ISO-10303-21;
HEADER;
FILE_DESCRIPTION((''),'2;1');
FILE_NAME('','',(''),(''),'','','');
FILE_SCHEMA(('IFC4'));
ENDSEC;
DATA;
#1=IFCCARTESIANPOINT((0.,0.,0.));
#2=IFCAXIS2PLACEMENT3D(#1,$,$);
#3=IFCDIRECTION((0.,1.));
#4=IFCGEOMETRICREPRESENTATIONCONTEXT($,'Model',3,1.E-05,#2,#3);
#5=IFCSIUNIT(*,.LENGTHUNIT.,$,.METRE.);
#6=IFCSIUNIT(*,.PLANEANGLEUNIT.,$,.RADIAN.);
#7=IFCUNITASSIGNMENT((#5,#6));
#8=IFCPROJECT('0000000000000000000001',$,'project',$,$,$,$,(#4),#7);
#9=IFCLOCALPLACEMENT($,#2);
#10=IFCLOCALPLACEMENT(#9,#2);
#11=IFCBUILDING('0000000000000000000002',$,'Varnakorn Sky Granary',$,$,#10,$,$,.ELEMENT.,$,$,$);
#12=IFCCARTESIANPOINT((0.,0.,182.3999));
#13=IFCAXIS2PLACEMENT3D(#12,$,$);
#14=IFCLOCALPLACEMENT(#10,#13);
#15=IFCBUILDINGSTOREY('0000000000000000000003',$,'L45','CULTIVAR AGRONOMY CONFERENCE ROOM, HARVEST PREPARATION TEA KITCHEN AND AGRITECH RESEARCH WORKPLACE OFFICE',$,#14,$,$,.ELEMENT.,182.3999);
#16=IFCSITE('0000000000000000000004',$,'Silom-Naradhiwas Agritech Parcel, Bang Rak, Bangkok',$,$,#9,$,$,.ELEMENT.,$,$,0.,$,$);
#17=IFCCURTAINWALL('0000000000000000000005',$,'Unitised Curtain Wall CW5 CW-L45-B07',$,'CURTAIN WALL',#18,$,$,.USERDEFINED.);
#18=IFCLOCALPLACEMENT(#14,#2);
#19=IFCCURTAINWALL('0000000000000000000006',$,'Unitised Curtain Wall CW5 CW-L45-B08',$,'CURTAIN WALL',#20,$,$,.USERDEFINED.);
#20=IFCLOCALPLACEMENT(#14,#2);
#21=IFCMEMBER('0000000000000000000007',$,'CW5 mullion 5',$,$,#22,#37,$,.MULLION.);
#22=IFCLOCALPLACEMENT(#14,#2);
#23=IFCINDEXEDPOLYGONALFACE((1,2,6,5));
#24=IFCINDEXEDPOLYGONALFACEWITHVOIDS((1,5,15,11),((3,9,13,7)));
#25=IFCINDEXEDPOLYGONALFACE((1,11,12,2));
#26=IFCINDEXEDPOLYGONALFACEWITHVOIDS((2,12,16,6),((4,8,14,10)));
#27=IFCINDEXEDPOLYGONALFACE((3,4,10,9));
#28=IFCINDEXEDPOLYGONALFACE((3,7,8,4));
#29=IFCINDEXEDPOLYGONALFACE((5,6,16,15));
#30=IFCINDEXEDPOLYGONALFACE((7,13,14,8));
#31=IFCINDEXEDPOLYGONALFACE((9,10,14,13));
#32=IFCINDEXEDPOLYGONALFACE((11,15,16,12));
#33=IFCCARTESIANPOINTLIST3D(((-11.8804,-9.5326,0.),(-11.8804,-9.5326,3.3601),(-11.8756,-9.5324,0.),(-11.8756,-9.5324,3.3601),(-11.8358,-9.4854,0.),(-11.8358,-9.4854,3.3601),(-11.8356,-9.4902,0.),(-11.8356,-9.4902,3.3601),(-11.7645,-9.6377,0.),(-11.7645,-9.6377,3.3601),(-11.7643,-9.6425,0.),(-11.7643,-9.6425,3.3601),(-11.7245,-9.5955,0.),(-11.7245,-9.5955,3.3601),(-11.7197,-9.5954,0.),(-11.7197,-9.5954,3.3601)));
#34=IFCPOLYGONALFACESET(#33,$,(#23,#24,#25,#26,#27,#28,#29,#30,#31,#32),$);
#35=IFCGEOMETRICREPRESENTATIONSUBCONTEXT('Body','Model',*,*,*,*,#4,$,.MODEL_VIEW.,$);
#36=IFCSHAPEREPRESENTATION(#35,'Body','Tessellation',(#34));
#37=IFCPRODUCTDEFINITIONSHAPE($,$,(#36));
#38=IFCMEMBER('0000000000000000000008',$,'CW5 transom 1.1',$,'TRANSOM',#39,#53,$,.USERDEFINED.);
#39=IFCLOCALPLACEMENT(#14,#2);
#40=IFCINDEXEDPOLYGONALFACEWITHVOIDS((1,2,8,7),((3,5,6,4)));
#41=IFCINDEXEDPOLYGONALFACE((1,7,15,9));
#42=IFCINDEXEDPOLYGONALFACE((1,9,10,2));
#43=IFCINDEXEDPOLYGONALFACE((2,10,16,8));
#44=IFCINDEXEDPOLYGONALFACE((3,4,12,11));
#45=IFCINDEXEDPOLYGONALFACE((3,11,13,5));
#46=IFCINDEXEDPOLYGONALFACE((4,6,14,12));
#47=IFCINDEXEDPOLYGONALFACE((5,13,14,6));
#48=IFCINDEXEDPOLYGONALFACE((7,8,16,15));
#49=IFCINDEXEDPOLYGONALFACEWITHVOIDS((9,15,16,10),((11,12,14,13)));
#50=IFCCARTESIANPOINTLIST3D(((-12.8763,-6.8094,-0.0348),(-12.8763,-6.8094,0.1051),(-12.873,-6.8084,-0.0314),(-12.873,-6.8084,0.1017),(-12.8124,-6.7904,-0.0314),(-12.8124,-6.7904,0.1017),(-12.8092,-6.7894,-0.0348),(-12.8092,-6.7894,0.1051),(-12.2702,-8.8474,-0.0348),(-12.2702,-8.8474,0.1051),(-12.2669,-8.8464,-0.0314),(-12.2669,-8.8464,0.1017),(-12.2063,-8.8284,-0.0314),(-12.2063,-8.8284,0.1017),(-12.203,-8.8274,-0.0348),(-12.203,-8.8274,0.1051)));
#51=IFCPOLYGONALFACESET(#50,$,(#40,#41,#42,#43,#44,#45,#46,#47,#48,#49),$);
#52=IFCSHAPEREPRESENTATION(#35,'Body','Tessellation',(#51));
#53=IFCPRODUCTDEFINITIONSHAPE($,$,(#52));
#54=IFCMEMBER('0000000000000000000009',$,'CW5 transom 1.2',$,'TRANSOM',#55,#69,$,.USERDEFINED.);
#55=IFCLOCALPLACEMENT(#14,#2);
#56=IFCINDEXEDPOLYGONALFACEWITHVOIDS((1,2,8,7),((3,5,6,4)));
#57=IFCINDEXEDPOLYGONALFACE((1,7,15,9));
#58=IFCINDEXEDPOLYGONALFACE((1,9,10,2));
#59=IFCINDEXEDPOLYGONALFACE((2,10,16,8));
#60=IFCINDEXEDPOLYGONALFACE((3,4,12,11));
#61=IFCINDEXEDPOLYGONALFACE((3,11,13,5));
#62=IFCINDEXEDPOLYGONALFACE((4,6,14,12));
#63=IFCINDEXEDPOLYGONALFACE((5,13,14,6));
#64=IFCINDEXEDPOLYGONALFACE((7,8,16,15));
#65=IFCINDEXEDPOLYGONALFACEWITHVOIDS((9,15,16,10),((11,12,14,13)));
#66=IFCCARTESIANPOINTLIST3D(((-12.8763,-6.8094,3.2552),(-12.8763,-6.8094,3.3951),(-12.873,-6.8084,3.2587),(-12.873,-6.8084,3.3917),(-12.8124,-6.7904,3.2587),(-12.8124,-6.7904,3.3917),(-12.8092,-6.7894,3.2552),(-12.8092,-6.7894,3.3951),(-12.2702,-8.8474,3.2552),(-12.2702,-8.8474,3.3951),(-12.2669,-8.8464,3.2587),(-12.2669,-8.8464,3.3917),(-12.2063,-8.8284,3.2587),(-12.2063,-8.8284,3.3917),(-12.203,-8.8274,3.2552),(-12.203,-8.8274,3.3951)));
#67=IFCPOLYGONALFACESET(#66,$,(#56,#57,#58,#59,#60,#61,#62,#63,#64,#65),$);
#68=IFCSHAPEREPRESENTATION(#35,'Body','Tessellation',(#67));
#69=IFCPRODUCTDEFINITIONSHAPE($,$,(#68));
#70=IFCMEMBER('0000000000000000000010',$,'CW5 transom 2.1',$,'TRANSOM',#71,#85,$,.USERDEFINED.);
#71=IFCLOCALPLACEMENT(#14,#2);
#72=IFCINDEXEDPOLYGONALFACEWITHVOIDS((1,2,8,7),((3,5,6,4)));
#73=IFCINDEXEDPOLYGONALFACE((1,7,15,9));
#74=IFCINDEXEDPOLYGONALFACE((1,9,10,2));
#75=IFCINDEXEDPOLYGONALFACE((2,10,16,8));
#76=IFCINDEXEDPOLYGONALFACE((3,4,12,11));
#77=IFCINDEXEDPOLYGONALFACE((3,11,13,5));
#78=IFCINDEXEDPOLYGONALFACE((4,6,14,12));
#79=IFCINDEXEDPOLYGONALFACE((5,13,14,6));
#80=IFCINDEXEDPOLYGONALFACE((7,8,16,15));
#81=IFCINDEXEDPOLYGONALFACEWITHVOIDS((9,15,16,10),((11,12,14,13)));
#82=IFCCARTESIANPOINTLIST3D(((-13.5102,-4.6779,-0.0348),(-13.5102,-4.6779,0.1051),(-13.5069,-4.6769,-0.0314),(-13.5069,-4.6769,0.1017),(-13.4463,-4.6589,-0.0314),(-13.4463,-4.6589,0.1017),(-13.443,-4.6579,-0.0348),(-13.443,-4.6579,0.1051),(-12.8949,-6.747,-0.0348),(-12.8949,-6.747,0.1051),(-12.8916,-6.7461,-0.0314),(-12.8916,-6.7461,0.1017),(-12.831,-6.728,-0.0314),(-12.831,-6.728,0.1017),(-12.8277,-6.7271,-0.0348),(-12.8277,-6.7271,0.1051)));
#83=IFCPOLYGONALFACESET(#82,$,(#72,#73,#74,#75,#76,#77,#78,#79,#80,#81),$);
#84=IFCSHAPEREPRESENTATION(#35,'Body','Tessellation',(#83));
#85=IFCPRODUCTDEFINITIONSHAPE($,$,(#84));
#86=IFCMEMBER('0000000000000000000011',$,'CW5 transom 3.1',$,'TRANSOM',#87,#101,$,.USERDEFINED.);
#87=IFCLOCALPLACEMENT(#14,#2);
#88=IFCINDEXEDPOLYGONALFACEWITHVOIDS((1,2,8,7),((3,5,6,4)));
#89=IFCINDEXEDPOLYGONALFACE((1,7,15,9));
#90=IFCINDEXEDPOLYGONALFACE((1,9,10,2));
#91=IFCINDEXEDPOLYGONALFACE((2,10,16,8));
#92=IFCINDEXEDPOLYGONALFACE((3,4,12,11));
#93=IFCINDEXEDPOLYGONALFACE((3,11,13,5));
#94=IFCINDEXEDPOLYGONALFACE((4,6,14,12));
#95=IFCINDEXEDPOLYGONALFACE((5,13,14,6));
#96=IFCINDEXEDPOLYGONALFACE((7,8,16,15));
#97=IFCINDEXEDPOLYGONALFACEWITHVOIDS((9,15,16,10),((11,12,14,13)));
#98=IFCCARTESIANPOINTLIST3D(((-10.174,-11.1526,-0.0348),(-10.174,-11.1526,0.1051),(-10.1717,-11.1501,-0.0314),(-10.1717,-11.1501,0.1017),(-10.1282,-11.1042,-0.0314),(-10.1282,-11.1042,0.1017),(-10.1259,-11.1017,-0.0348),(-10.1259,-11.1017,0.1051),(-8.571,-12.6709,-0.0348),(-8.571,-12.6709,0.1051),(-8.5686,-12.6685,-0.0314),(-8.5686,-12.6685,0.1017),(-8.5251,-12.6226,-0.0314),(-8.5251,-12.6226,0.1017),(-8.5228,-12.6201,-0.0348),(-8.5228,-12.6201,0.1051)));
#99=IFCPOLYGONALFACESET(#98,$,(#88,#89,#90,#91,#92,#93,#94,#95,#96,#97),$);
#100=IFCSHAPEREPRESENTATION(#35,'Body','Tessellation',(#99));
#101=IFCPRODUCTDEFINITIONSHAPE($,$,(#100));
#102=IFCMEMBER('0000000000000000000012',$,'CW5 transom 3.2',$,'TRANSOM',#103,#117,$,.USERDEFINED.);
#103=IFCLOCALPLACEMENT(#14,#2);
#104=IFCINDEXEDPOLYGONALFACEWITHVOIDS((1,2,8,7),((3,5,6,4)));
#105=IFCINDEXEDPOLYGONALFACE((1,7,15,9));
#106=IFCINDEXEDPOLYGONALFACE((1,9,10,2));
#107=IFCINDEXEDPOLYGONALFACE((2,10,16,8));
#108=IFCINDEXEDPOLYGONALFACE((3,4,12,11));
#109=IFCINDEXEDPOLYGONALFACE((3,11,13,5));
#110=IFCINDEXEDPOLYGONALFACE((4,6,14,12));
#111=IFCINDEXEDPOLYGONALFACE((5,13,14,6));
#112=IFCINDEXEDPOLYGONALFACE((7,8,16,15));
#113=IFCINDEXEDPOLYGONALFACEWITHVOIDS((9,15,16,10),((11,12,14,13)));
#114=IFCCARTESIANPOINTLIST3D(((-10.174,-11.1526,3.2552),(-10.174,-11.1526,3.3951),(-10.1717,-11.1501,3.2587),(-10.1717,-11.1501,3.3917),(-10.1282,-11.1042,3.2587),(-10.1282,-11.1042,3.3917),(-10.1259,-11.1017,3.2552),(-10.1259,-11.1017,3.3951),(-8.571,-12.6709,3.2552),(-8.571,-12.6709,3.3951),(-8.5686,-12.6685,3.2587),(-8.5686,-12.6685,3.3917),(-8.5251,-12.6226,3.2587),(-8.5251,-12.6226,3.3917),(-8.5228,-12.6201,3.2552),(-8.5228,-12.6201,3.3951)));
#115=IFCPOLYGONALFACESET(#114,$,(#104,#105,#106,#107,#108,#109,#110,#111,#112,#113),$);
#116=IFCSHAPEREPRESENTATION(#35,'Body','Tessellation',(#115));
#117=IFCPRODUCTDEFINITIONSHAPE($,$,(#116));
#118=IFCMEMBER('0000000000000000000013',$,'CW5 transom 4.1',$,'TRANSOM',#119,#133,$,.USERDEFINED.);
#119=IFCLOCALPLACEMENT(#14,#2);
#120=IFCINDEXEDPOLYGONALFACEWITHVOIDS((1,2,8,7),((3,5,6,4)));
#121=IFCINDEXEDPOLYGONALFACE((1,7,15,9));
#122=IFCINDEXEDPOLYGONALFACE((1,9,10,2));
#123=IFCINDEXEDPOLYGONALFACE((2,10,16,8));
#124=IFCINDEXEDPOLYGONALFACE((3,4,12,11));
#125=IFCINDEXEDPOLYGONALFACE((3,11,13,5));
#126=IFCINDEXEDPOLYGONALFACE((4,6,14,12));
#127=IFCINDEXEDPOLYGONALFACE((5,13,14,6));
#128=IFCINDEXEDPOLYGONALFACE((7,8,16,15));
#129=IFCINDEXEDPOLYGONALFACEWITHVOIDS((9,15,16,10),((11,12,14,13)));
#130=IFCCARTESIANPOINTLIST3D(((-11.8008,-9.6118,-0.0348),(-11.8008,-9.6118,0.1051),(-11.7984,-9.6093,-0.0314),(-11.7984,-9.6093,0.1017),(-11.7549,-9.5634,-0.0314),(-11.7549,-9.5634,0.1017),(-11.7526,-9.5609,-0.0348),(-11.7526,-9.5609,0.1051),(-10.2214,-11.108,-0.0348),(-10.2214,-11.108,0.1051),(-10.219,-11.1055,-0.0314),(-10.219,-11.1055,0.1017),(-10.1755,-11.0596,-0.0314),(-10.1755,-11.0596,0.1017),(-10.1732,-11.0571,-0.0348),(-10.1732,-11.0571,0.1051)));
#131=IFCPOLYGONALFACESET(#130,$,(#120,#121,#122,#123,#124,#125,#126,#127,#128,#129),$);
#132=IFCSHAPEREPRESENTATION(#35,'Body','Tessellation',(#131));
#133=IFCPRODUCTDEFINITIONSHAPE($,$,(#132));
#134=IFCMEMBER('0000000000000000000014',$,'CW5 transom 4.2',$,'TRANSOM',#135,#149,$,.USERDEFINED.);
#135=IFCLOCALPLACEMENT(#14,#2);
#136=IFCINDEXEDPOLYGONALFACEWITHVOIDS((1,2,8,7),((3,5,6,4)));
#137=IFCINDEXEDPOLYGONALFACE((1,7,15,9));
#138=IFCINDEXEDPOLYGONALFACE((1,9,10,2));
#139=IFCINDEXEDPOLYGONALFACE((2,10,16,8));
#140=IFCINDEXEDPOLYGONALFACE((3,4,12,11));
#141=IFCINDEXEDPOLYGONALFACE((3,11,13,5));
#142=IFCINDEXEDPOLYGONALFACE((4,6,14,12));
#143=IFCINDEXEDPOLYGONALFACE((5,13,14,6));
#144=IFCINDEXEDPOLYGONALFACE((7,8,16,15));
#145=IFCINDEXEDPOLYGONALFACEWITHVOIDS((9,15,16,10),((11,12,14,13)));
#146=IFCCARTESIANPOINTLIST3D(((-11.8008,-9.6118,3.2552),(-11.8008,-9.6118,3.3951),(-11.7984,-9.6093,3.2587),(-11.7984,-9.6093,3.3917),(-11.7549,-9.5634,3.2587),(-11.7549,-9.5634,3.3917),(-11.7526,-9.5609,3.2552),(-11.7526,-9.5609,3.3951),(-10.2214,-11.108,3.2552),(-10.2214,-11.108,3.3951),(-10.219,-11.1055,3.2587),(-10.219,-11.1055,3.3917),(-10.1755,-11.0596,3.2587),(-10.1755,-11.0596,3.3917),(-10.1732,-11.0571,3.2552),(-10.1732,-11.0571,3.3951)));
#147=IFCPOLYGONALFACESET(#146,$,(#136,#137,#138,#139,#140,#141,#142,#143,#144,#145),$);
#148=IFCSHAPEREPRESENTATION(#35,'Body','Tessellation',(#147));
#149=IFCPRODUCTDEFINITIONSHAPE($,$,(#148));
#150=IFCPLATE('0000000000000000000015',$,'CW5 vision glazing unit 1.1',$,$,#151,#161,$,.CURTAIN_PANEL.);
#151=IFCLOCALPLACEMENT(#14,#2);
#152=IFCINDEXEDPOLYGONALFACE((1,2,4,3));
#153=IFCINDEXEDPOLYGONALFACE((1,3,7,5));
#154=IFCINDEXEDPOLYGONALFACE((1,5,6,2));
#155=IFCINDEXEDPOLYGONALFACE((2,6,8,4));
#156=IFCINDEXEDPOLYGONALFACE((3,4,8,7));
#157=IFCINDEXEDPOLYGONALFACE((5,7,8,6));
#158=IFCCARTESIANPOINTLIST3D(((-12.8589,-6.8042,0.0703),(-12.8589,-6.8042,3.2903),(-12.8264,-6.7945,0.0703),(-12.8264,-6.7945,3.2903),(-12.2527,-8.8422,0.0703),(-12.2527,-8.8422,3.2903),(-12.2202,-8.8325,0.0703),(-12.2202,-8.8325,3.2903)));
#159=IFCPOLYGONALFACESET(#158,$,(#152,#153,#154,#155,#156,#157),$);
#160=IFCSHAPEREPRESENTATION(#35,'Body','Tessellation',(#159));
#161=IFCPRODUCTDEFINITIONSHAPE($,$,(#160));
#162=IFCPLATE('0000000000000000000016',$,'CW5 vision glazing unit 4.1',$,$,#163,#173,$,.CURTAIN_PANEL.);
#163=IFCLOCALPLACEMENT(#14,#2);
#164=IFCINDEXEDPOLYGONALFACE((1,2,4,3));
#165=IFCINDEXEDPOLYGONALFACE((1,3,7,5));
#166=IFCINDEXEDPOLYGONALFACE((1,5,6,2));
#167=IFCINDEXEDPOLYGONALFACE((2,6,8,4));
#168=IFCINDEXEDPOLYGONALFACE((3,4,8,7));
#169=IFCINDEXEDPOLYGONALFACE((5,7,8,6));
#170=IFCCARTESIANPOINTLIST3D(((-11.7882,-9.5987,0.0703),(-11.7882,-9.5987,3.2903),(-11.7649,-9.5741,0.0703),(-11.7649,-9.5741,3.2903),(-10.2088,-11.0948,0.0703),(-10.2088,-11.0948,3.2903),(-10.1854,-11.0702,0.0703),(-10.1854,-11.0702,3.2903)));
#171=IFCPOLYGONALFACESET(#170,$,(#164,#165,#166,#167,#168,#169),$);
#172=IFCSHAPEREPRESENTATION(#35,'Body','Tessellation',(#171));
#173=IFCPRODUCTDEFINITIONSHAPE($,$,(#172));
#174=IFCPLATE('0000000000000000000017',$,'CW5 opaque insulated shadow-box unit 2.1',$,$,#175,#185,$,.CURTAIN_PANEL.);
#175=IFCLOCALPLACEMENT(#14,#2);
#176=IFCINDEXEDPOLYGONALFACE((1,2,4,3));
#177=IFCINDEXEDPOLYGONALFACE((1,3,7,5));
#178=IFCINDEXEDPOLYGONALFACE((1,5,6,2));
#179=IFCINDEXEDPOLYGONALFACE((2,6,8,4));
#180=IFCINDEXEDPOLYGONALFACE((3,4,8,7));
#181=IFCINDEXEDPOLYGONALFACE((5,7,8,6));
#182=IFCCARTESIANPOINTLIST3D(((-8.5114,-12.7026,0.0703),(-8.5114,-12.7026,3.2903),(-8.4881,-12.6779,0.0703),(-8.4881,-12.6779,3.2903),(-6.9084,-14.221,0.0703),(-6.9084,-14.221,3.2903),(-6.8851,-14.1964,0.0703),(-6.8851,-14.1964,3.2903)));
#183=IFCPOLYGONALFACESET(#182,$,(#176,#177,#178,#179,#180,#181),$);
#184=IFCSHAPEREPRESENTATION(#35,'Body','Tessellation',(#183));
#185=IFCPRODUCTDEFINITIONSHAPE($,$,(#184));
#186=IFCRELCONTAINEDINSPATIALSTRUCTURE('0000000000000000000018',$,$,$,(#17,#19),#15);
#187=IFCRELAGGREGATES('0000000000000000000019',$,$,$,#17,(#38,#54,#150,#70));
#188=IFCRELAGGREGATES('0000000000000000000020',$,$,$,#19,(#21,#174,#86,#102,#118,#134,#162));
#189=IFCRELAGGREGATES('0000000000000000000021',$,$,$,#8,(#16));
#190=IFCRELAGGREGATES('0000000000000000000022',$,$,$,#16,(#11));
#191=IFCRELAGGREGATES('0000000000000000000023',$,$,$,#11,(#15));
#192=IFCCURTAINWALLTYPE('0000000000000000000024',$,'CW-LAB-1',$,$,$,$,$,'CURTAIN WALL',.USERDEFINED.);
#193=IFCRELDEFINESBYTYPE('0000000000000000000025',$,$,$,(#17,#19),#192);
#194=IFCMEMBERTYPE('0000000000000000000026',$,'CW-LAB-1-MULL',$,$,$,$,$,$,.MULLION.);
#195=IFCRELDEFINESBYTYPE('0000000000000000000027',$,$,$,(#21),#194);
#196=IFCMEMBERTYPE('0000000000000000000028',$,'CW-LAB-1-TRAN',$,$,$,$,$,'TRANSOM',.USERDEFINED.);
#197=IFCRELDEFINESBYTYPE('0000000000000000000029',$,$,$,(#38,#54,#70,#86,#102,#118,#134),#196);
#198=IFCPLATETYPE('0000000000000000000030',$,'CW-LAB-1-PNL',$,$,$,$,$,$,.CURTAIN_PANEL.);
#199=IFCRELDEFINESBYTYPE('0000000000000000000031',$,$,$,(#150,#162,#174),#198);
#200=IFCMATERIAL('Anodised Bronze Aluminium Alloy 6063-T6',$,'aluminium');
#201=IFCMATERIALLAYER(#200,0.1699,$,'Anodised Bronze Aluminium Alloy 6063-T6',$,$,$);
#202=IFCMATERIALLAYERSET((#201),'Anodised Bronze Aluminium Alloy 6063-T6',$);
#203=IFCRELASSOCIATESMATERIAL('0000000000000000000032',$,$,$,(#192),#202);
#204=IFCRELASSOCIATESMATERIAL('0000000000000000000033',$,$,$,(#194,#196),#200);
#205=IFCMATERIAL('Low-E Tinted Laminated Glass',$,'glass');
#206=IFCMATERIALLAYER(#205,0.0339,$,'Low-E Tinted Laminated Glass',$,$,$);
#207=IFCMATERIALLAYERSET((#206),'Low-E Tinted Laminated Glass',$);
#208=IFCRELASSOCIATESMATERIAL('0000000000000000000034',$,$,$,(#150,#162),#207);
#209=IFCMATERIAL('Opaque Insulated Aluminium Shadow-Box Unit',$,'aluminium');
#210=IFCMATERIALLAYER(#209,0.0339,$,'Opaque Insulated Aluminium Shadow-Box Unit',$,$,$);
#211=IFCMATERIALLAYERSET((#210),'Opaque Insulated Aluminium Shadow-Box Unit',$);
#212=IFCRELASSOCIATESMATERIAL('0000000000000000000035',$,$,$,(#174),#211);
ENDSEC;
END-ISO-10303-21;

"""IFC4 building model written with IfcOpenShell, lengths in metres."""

from ifc_helpers import new_model, si_unit, direction, frame, origin, origin_2d, place, context, subcontext, project, spatial, rectangle, hollow_rectangle, extrude, source, transform, mapped, material, layer, layer_set, material_profile, profile_set, type_object, type_shapes, element, aggregate, save


model = new_model("IFC4")

# Units and contexts
model_context = context("Model", 3, precision=1e-05, world=origin(), true_north=direction((0.0, 1.0)))
body_context = subcontext(model_context, "Body", "Model", "MODEL_VIEW")
ifc_project = project(units=[si_unit("LENGTHUNIT", "METRE"), si_unit("PLANEANGLEUNIT", "RADIAN")], contexts=[model_context])

# Site, building, storey
site_placement = place(None, origin())
site = spatial("IfcSite", under=ifc_project, at=site_placement, Name="Silom-Naradhiwas Agritech Parcel, Bang Rak, Bangkok", CompositionType="ELEMENT", RefElevation=0.0)
building_placement = place(site_placement, origin())
building = spatial("IfcBuilding", under=site, at=building_placement, Name="Varnakorn Sky Granary", CompositionType="ELEMENT")
storey_placement = place(building_placement, frame((0.0, 0.0, 182.3999)))
storey = spatial("IfcBuildingStorey", under=building, at=storey_placement, Name="L45", Description="CULTIVAR AGRONOMY CONFERENCE ROOM, HARVEST PREPARATION TEA KITCHEN AND AGRITECH RESEARCH WORKPLACE OFFICE", CompositionType="ELEMENT", Elevation=182.3999)

# Curtain walls, member
ifc_material_1 = material(Name="Anodised Bronze Aluminium Alloy 6063-T6", Category="aluminium")
ifc_layer_1 = layer(ifc_material_1, 0.1699, Name="Anodised Bronze Aluminium Alloy 6063-T6")
ifc_layer_set_1 = layer_set([ifc_layer_1], Name="Anodised Bronze Aluminium Alloy 6063-T6")
curtain_wall_type = type_object("IfcCurtainWallType", Name="CW-LAB-1", ElementType="CURTAIN WALL", PredefinedType="USERDEFINED", material=ifc_layer_set_1)
curtain_wall_1_placement = place(storey_placement, origin())
curtain_wall_1 = element("IfcCurtainWall", 1, at=curtain_wall_1_placement, inside=storey, type_object=curtain_wall_type, Name="Unitised Curtain Wall CW5 CW-L45-B07", ObjectType="CURTAIN WALL", PredefinedType="USERDEFINED")
ifc_material_profile_1 = material_profile(ifc_material_1, hollow_rectangle(XDim=0.0649, YDim=0.1599, WallThickness=0.0034, at=origin_2d()), Name="ALU MULL 65x160")
ifc_profile_set_1 = profile_set([ifc_material_profile_1], Name="Anodised Bronze Aluminium Alloy 6063-T6")
member_type_1 = type_object("IfcMemberType", Name="CW-LAB-1-MULL", PredefinedType="MULLION", material=ifc_profile_set_1)
curtain_wall_2_placement = place(storey_placement, origin())
curtain_wall_2 = element("IfcCurtainWall", 2, at=curtain_wall_2_placement, inside=storey, type_object=curtain_wall_type, Name="Unitised Curtain Wall CW5 CW-L45-B08", ObjectType="CURTAIN WALL", PredefinedType="USERDEFINED")
member_1_placement = place(storey_placement, frame((-11.8, -9.564, 0.0), z_axis=(0.0, 0.0, 1.0), x_axis=(-0.687692, -0.726002, 0.0)))
member_1 = element("IfcMember", 3, at=member_1_placement, type_object=member_type_1, Name="CW5 mullion 5", PredefinedType="MULLION", context=body_context, shape_type="SweptSolid", body=[
    extrude(hollow_rectangle(XDim=0.0649, YDim=0.1599, WallThickness=0.0034, at=origin_2d()), origin(), (0.0, 0.0, 1.0), 3.3601),
])

# Members
ifc_material_profile_2 = material_profile(ifc_material_1, hollow_rectangle(XDim=0.0701, YDim=0.1399, WallThickness=0.0034, at=origin_2d()), Name="ALU TRAN 70x140")
ifc_profile_set_2 = profile_set([ifc_material_profile_2], Name="Anodised Bronze Aluminium Alloy 6063-T6")
member_type_2 = type_object("IfcMemberType", Name="CW-LAB-1-TRAN", ElementType="TRANSOM", PredefinedType="USERDEFINED", material=ifc_profile_set_2)
member_2_placement = place(storey_placement, frame((-12.2366, -8.8374, 0.0352), z_axis=(-0.285093, 0.9585, 0.0), x_axis=(-0.9585, -0.285093, 0.0)))
member_2 = element("IfcMember", 4, at=member_2_placement, type_object=member_type_2, Name="CW5 transom 1.1", ObjectType="TRANSOM", PredefinedType="USERDEFINED", context=body_context, shape_type="SweptSolid", body=[
    extrude(hollow_rectangle(XDim=0.0701, YDim=0.1399, WallThickness=0.0034, at=origin_2d()), origin(), (0.0, 0.0, 1.0), 2.1262),
])
member_3_placement = place(storey_placement, frame((-12.2366, -8.8374, 3.3252), z_axis=(-0.285093, 0.9585, 0.0), x_axis=(-0.9585, -0.285093, 0.0)))
member_3 = element("IfcMember", 5, at=member_3_placement, type_object=member_type_2, Name="CW5 transom 1.2", ObjectType="TRANSOM", PredefinedType="USERDEFINED", context=body_context, shape_type="SweptSolid", body=[
    extrude(hollow_rectangle(XDim=0.0701, YDim=0.1399, WallThickness=0.0034, at=origin_2d()), origin(), (0.0, 0.0, 1.0), 2.1262),
])
member_4_placement = place(storey_placement, frame((-12.8613, -6.7371, 0.0352), z_axis=(-0.285012, 0.958524, 0.0), x_axis=(-0.958524, -0.285012, 0.0)))
member_4 = element("IfcMember", 6, at=member_4_placement, type_object=member_type_2, Name="CW5 transom 2.1", ObjectType="TRANSOM", PredefinedType="USERDEFINED", context=body_context, shape_type="SweptSolid", body=[
    extrude(hollow_rectangle(XDim=0.0701, YDim=0.1399, WallThickness=0.0034, at=origin_2d()), origin(), (0.0, 0.0, 1.0), 2.1587),
])
member_5_placement = place(storey_placement, frame((-8.5469, -12.6455, 0.0352), z_axis=(-0.726031, 0.687662, 0.0), x_axis=(-0.687662, -0.726031, 0.0)))
member_5 = element("IfcMember", 7, at=member_5_placement, type_object=member_type_2, Name="CW5 transom 3.1", ObjectType="TRANSOM", PredefinedType="USERDEFINED", context=body_context, shape_type="SweptSolid", body=[
    extrude(hollow_rectangle(XDim=0.0701, YDim=0.1399, WallThickness=0.0034, at=origin_2d()), origin(), (0.0, 0.0, 1.0), 2.208),
])
member_6_placement = place(storey_placement, frame((-8.5469, -12.6455, 3.3252), z_axis=(-0.726031, 0.687662, 0.0), x_axis=(-0.687662, -0.726031, 0.0)))
member_6 = element("IfcMember", 8, at=member_6_placement, type_object=member_type_2, Name="CW5 transom 3.2", ObjectType="TRANSOM", PredefinedType="USERDEFINED", context=body_context, shape_type="SweptSolid", body=[
    extrude(hollow_rectangle(XDim=0.0701, YDim=0.1399, WallThickness=0.0034, at=origin_2d()), origin(), (0.0, 0.0, 1.0), 2.208),
])
member_7_placement = place(storey_placement, frame((-10.1973, -11.0825, 0.0352), z_axis=(-0.725982, 0.687714, 0.0), x_axis=(-0.687714, -0.725982, 0.0)))
member_7 = element("IfcMember", 9, at=member_7_placement, type_object=member_type_2, Name="CW5 transom 4.1", ObjectType="TRANSOM", PredefinedType="USERDEFINED", context=body_context, shape_type="SweptSolid", body=[
    extrude(hollow_rectangle(XDim=0.0701, YDim=0.1399, WallThickness=0.0034, at=origin_2d()), origin(), (0.0, 0.0, 1.0), 2.1755),
])
member_8_placement = place(storey_placement, frame((-10.1973, -11.0825, 3.3252), z_axis=(-0.725982, 0.687714, 0.0), x_axis=(-0.687714, -0.725982, 0.0)))
member_8 = element("IfcMember", 10, at=member_8_placement, type_object=member_type_2, Name="CW5 transom 4.2", ObjectType="TRANSOM", PredefinedType="USERDEFINED", context=body_context, shape_type="SweptSolid", body=[
    extrude(hollow_rectangle(XDim=0.0701, YDim=0.1399, WallThickness=0.0034, at=origin_2d()), origin(), (0.0, 0.0, 1.0), 2.1755),
])

# Plates
ifc_material_2 = material(Name="Low-E Tinted Laminated Glass", Category="glass")
ifc_layer_2 = layer(ifc_material_2, 0.0339, Name="Low-E Tinted Laminated Glass")
ifc_layer_set_2 = layer_set([ifc_layer_2], Name="Low-E Tinted Laminated Glass")
plate_type = type_object("IfcPlateType", Name="CW-LAB-1-PNL", PredefinedType="CURTAIN_PANEL")
shared_shape_1 = source(origin(), body_context, "Body", "SweptSolid", [
    extrude(rectangle(XDim=2.1262, YDim=0.0339, at=origin_2d()), origin(), (0.0, 0.0, 1.0), 3.22),
])
plate_1_placement = place(storey_placement, frame((-12.5396, -7.8184, 0.0703), z_axis=(0.0, 0.0, 1.0), x_axis=(-0.285081, 0.958503, 0.0)))
plate_1 = element("IfcPlate", 11, at=plate_1_placement, type_object=plate_type, material=ifc_layer_set_2, Name="CW5 vision glazing unit 1.1", PredefinedType="CURTAIN_PANEL", context=body_context, shape_type="MappedRepresentation", body=[
    mapped(shared_shape_1, transform((0.0, 0.0, 0.0), x_axis=(1.0, 0.0, 0.0), y_axis=(0.0, 1.0, 0.0), z_axis=(0.0, 0.0, 1.0), scale=1.0)),
])
aggregate(curtain_wall_1, [member_2, member_3, plate_1, member_4])
shared_shape_2 = source(origin(), body_context, "Body", "SweptSolid", [
    extrude(rectangle(XDim=2.1755, YDim=0.0339, at=origin_2d()), origin(), (0.0, 0.0, 1.0), 3.22),
])
plate_2_placement = place(storey_placement, frame((-10.9868, -10.3345, 0.0703), z_axis=(0.0, 0.0, 1.0), x_axis=(-0.726002, 0.687692, 0.0)))
plate_2 = element("IfcPlate", 12, at=plate_2_placement, type_object=plate_type, material=ifc_layer_set_2, Name="CW5 vision glazing unit 4.1", PredefinedType="CURTAIN_PANEL", context=body_context, shape_type="MappedRepresentation", body=[
    mapped(shared_shape_2, transform((0.0, 0.0, 0.0), x_axis=(1.0, 0.0, 0.0), y_axis=(0.0, 1.0, 0.0), z_axis=(0.0, 0.0, 1.0), scale=1.0)),
])
ifc_material_3 = material(Name="Opaque Insulated Aluminium Shadow-Box Unit", Category="aluminium")
ifc_layer_3 = layer(ifc_material_3, 0.0339, Name="Opaque Insulated Aluminium Shadow-Box Unit")
ifc_layer_set_3 = layer_set([ifc_layer_3], Name="Opaque Insulated Aluminium Shadow-Box Unit")
shared_shape_3 = source(origin(), body_context, "Body", "SweptSolid", [
    extrude(rectangle(XDim=2.208, YDim=0.0339, at=origin_2d()), origin(), (0.0, 0.0, 1.0), 3.22),
])
type_shapes(plate_type, [shared_shape_1, shared_shape_2, shared_shape_3])
plate_3_placement = place(storey_placement, frame((-7.6982, -13.4495, 0.0703), z_axis=(0.0, 0.0, 1.0), x_axis=(-0.726002, 0.687692, 0.0)))
plate_3 = element("IfcPlate", 13, at=plate_3_placement, type_object=plate_type, material=ifc_layer_set_3, Name="CW5 opaque insulated shadow-box unit 2.1", PredefinedType="CURTAIN_PANEL", context=body_context, shape_type="MappedRepresentation", body=[
    mapped(shared_shape_3, transform((0.0, 0.0, 0.0), x_axis=(1.0, 0.0, 0.0), y_axis=(0.0, 1.0, 0.0), z_axis=(0.0, 0.0, 1.0), scale=1.0)),
])
aggregate(curtain_wall_2, [member_1, plate_3, member_5, member_6, member_7, member_8, plate_2])

save(model, "model.ifc")
